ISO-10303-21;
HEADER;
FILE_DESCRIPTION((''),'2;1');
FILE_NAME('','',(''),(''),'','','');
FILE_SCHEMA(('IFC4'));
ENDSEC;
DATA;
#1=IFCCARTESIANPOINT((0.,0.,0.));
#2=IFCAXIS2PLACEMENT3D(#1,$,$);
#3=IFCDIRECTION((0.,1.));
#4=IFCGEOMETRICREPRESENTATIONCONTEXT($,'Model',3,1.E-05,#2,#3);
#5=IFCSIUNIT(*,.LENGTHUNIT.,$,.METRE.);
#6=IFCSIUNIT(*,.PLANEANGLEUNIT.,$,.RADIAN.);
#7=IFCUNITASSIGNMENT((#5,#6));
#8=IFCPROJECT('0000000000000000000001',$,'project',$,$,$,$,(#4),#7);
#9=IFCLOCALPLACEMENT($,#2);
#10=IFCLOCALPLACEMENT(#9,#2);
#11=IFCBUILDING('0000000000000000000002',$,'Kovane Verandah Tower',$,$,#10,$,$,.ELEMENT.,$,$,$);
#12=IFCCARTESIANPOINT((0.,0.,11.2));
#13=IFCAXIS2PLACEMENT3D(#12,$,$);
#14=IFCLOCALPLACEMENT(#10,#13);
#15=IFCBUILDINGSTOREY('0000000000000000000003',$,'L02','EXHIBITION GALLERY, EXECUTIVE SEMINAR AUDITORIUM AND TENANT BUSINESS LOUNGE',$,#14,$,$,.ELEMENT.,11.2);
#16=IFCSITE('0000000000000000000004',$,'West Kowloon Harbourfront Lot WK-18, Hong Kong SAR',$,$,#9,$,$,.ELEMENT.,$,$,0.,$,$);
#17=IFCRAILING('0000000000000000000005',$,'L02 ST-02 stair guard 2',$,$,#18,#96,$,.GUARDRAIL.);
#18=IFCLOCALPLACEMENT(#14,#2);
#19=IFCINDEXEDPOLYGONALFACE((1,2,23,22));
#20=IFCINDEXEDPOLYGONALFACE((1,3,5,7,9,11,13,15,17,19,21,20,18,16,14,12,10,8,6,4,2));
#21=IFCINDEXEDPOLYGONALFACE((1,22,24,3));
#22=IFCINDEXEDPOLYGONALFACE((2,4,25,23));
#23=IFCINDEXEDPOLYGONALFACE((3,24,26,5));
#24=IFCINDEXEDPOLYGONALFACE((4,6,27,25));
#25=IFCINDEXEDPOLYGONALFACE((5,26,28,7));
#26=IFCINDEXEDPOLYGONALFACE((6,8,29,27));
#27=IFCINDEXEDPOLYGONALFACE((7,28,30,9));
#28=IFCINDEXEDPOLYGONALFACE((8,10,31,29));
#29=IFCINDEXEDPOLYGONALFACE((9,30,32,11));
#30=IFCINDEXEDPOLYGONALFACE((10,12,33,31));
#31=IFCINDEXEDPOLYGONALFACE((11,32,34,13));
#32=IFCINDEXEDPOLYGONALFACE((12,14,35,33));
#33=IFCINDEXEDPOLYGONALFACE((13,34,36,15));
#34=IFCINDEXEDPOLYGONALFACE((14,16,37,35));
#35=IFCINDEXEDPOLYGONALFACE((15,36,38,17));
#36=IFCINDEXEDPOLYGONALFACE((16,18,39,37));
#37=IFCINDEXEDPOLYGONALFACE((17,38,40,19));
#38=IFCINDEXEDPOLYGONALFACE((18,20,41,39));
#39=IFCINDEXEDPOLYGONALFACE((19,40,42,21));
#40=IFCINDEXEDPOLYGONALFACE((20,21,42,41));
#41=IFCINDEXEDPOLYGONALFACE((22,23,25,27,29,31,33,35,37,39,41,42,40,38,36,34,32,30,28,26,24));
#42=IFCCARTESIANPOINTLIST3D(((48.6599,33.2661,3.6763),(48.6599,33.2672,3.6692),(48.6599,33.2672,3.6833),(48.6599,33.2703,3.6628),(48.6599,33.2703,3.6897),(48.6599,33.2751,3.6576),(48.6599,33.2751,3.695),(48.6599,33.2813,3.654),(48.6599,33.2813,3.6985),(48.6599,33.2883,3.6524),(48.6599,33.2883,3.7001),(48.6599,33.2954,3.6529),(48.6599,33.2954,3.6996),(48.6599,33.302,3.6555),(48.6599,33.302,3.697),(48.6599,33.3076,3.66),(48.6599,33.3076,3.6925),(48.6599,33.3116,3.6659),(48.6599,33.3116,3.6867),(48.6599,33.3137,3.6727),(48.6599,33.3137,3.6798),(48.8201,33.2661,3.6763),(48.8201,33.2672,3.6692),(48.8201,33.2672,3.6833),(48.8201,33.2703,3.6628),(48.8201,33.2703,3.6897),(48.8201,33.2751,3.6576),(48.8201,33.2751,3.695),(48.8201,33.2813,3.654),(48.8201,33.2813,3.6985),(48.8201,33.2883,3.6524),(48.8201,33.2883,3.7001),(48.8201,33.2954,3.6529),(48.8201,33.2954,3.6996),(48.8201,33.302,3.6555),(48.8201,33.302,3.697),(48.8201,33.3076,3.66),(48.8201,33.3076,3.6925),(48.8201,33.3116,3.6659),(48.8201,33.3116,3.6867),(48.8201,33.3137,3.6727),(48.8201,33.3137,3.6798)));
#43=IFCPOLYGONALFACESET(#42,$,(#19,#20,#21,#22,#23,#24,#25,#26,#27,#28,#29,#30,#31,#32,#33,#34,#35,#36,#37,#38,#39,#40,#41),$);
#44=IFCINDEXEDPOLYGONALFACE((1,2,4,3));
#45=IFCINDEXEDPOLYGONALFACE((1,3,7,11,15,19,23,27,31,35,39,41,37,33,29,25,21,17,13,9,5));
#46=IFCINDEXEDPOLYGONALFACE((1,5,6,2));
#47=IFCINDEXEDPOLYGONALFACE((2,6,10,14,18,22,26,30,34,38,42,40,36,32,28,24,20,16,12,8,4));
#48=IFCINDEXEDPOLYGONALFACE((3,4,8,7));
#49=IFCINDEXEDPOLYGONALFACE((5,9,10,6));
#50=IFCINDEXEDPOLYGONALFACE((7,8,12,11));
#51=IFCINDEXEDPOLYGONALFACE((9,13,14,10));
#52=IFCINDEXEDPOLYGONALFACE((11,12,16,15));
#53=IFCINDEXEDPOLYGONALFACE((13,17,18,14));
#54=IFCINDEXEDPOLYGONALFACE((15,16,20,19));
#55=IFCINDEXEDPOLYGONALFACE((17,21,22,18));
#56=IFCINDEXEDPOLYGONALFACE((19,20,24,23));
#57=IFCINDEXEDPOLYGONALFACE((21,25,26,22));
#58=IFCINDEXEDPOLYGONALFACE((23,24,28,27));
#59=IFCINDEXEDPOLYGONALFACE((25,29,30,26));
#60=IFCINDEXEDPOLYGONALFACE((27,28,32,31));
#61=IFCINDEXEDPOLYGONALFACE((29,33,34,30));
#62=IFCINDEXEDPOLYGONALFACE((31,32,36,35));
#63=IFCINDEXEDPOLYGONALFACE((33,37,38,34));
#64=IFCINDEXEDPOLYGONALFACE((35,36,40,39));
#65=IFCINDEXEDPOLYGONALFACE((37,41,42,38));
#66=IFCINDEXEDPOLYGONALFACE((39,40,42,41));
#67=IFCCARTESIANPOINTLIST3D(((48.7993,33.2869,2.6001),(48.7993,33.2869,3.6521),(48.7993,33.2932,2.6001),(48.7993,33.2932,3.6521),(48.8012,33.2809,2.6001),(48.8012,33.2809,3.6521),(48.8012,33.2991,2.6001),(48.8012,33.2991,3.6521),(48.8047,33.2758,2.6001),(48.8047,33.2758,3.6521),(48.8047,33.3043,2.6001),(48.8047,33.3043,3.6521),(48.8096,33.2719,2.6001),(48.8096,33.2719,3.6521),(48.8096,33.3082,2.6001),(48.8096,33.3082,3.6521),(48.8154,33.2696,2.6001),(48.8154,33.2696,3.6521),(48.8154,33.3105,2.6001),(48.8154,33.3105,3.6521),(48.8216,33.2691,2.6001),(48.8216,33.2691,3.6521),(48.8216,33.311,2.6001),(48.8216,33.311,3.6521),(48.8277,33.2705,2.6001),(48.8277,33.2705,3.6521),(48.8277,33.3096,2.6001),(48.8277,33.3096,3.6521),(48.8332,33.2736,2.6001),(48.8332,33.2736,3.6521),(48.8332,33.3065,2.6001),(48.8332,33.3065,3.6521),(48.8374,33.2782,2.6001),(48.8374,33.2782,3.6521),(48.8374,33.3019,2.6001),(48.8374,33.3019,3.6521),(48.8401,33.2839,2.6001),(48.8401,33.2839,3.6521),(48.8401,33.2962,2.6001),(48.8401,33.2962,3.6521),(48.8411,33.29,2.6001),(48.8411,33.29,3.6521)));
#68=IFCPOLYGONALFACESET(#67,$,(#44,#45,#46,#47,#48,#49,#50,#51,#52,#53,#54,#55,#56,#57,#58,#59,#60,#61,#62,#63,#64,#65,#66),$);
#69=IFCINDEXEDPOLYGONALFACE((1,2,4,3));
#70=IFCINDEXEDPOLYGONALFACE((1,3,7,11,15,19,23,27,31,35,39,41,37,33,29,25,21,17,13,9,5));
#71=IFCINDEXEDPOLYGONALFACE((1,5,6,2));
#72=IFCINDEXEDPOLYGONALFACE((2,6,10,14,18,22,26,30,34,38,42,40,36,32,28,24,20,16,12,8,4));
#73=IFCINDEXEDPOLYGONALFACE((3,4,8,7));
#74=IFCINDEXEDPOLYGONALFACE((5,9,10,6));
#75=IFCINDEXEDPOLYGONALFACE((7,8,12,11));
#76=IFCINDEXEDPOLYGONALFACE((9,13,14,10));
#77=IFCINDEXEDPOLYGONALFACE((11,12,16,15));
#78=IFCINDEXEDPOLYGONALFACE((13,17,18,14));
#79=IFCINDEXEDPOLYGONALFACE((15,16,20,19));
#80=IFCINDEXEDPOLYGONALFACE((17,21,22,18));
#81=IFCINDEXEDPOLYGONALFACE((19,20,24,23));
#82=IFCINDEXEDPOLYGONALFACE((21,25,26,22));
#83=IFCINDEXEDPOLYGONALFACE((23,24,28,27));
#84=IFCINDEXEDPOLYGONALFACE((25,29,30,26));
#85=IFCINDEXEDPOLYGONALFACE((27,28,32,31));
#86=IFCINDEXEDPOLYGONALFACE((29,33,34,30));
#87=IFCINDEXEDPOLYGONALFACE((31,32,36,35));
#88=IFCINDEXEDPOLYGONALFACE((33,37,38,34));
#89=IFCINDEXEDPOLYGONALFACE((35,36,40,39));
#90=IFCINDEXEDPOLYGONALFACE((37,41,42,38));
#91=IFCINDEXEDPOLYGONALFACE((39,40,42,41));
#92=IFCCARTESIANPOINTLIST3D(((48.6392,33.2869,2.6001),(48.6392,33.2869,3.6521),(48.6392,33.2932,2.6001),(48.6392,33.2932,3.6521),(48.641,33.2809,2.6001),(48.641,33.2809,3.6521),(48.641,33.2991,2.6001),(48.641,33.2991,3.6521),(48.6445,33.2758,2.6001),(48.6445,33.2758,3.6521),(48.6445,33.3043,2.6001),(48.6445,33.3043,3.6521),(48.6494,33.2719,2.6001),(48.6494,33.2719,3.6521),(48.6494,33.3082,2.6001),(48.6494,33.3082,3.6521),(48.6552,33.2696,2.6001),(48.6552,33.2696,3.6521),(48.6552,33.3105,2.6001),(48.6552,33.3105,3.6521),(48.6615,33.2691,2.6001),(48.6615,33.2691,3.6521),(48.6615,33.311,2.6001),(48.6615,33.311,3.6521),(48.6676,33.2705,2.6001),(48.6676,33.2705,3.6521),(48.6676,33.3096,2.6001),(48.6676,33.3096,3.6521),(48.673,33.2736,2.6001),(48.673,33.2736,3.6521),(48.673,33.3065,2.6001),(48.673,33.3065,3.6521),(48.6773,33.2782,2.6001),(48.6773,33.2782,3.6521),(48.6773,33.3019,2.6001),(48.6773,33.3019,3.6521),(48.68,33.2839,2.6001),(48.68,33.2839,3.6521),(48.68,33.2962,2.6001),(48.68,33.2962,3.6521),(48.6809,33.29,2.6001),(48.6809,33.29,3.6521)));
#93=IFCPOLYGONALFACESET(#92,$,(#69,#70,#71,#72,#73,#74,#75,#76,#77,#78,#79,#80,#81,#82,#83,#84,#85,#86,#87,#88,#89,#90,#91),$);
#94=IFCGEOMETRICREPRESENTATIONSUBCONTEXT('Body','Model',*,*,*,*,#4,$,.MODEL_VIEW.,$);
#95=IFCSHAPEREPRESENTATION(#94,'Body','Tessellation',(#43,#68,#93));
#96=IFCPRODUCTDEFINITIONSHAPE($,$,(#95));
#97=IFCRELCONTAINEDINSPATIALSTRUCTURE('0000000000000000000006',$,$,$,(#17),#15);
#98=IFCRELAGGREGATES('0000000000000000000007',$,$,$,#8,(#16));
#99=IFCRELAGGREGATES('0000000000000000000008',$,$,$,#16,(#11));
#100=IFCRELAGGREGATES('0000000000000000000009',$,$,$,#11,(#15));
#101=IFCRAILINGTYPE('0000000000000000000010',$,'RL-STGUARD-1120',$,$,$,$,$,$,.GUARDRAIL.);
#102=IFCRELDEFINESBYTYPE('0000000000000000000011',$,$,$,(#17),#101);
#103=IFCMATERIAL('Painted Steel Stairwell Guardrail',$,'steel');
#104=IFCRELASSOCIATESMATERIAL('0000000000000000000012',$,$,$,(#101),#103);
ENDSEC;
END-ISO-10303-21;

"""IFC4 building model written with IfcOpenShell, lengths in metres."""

from ifc_helpers import new_model, si_unit, direction, frame, origin, origin_2d, place, context, subcontext, project, spatial, circle, extrude, material, type_object, element, save


model = new_model("IFC4")

# Units and contexts
model_context = context("Model", 3, precision=1e-05, world=origin(), true_north=direction((0.0, 1.0)))
body_context = subcontext(model_context, "Body", "Model", "MODEL_VIEW")
ifc_project = project(units=[si_unit("LENGTHUNIT", "METRE"), si_unit("PLANEANGLEUNIT", "RADIAN")], contexts=[model_context])

# Site, building, storey
site_placement = place(None, origin())
site = spatial("IfcSite", under=ifc_project, at=site_placement, Name="West Kowloon Harbourfront Lot WK-18, Hong Kong SAR", CompositionType="ELEMENT", RefElevation=0.0)
building_placement = place(site_placement, origin())
building = spatial("IfcBuilding", under=site, at=building_placement, Name="Kovane Verandah Tower", CompositionType="ELEMENT")
storey_placement = place(building_placement, frame((0.0, 0.0, 11.2)))
storey = spatial("IfcBuildingStorey", under=building, at=storey_placement, Name="L02", Description="EXHIBITION GALLERY, EXECUTIVE SEMINAR AUDITORIUM AND TENANT BUSINESS LOUNGE", CompositionType="ELEMENT", Elevation=11.2)

# Railing
ifc_material_1 = material(Name="Painted Steel Stairwell Guardrail", Category="steel")
railing_type_1 = type_object("IfcRailingType", Name="RL-STGUARD-1120", PredefinedType="GUARDRAIL", material=ifc_material_1)
railing_1_placement = place(storey_placement, frame((48.8201, 33.29, 2.6001)))
element("IfcRailing", 1, at=railing_1_placement, inside=storey, type_object=railing_type_1, Name="L02 ST-02 stair guard 2", PredefinedType="GUARDRAIL", context=body_context, shape_type="SweptSolid", body=[
    extrude(circle(Radius=0.0239, at=origin_2d()), frame((0.0, 0.0, 1.0762), z_axis=(-1.0, 0.0, 0.0), x_axis=(0.0, -1.0, 0.0)), (0.0, 0.0, 1.0), 0.1602),
    extrude(circle(Radius=0.021, at=origin_2d()), origin(), (0.0, 0.0, 1.0), 1.052),
    extrude(circle(Radius=0.021, at=origin_2d()), frame((-0.1602, 0.0, 0.0)), (0.0, 0.0, 1.0), 1.052),
])

save(model, "model.ifc")
